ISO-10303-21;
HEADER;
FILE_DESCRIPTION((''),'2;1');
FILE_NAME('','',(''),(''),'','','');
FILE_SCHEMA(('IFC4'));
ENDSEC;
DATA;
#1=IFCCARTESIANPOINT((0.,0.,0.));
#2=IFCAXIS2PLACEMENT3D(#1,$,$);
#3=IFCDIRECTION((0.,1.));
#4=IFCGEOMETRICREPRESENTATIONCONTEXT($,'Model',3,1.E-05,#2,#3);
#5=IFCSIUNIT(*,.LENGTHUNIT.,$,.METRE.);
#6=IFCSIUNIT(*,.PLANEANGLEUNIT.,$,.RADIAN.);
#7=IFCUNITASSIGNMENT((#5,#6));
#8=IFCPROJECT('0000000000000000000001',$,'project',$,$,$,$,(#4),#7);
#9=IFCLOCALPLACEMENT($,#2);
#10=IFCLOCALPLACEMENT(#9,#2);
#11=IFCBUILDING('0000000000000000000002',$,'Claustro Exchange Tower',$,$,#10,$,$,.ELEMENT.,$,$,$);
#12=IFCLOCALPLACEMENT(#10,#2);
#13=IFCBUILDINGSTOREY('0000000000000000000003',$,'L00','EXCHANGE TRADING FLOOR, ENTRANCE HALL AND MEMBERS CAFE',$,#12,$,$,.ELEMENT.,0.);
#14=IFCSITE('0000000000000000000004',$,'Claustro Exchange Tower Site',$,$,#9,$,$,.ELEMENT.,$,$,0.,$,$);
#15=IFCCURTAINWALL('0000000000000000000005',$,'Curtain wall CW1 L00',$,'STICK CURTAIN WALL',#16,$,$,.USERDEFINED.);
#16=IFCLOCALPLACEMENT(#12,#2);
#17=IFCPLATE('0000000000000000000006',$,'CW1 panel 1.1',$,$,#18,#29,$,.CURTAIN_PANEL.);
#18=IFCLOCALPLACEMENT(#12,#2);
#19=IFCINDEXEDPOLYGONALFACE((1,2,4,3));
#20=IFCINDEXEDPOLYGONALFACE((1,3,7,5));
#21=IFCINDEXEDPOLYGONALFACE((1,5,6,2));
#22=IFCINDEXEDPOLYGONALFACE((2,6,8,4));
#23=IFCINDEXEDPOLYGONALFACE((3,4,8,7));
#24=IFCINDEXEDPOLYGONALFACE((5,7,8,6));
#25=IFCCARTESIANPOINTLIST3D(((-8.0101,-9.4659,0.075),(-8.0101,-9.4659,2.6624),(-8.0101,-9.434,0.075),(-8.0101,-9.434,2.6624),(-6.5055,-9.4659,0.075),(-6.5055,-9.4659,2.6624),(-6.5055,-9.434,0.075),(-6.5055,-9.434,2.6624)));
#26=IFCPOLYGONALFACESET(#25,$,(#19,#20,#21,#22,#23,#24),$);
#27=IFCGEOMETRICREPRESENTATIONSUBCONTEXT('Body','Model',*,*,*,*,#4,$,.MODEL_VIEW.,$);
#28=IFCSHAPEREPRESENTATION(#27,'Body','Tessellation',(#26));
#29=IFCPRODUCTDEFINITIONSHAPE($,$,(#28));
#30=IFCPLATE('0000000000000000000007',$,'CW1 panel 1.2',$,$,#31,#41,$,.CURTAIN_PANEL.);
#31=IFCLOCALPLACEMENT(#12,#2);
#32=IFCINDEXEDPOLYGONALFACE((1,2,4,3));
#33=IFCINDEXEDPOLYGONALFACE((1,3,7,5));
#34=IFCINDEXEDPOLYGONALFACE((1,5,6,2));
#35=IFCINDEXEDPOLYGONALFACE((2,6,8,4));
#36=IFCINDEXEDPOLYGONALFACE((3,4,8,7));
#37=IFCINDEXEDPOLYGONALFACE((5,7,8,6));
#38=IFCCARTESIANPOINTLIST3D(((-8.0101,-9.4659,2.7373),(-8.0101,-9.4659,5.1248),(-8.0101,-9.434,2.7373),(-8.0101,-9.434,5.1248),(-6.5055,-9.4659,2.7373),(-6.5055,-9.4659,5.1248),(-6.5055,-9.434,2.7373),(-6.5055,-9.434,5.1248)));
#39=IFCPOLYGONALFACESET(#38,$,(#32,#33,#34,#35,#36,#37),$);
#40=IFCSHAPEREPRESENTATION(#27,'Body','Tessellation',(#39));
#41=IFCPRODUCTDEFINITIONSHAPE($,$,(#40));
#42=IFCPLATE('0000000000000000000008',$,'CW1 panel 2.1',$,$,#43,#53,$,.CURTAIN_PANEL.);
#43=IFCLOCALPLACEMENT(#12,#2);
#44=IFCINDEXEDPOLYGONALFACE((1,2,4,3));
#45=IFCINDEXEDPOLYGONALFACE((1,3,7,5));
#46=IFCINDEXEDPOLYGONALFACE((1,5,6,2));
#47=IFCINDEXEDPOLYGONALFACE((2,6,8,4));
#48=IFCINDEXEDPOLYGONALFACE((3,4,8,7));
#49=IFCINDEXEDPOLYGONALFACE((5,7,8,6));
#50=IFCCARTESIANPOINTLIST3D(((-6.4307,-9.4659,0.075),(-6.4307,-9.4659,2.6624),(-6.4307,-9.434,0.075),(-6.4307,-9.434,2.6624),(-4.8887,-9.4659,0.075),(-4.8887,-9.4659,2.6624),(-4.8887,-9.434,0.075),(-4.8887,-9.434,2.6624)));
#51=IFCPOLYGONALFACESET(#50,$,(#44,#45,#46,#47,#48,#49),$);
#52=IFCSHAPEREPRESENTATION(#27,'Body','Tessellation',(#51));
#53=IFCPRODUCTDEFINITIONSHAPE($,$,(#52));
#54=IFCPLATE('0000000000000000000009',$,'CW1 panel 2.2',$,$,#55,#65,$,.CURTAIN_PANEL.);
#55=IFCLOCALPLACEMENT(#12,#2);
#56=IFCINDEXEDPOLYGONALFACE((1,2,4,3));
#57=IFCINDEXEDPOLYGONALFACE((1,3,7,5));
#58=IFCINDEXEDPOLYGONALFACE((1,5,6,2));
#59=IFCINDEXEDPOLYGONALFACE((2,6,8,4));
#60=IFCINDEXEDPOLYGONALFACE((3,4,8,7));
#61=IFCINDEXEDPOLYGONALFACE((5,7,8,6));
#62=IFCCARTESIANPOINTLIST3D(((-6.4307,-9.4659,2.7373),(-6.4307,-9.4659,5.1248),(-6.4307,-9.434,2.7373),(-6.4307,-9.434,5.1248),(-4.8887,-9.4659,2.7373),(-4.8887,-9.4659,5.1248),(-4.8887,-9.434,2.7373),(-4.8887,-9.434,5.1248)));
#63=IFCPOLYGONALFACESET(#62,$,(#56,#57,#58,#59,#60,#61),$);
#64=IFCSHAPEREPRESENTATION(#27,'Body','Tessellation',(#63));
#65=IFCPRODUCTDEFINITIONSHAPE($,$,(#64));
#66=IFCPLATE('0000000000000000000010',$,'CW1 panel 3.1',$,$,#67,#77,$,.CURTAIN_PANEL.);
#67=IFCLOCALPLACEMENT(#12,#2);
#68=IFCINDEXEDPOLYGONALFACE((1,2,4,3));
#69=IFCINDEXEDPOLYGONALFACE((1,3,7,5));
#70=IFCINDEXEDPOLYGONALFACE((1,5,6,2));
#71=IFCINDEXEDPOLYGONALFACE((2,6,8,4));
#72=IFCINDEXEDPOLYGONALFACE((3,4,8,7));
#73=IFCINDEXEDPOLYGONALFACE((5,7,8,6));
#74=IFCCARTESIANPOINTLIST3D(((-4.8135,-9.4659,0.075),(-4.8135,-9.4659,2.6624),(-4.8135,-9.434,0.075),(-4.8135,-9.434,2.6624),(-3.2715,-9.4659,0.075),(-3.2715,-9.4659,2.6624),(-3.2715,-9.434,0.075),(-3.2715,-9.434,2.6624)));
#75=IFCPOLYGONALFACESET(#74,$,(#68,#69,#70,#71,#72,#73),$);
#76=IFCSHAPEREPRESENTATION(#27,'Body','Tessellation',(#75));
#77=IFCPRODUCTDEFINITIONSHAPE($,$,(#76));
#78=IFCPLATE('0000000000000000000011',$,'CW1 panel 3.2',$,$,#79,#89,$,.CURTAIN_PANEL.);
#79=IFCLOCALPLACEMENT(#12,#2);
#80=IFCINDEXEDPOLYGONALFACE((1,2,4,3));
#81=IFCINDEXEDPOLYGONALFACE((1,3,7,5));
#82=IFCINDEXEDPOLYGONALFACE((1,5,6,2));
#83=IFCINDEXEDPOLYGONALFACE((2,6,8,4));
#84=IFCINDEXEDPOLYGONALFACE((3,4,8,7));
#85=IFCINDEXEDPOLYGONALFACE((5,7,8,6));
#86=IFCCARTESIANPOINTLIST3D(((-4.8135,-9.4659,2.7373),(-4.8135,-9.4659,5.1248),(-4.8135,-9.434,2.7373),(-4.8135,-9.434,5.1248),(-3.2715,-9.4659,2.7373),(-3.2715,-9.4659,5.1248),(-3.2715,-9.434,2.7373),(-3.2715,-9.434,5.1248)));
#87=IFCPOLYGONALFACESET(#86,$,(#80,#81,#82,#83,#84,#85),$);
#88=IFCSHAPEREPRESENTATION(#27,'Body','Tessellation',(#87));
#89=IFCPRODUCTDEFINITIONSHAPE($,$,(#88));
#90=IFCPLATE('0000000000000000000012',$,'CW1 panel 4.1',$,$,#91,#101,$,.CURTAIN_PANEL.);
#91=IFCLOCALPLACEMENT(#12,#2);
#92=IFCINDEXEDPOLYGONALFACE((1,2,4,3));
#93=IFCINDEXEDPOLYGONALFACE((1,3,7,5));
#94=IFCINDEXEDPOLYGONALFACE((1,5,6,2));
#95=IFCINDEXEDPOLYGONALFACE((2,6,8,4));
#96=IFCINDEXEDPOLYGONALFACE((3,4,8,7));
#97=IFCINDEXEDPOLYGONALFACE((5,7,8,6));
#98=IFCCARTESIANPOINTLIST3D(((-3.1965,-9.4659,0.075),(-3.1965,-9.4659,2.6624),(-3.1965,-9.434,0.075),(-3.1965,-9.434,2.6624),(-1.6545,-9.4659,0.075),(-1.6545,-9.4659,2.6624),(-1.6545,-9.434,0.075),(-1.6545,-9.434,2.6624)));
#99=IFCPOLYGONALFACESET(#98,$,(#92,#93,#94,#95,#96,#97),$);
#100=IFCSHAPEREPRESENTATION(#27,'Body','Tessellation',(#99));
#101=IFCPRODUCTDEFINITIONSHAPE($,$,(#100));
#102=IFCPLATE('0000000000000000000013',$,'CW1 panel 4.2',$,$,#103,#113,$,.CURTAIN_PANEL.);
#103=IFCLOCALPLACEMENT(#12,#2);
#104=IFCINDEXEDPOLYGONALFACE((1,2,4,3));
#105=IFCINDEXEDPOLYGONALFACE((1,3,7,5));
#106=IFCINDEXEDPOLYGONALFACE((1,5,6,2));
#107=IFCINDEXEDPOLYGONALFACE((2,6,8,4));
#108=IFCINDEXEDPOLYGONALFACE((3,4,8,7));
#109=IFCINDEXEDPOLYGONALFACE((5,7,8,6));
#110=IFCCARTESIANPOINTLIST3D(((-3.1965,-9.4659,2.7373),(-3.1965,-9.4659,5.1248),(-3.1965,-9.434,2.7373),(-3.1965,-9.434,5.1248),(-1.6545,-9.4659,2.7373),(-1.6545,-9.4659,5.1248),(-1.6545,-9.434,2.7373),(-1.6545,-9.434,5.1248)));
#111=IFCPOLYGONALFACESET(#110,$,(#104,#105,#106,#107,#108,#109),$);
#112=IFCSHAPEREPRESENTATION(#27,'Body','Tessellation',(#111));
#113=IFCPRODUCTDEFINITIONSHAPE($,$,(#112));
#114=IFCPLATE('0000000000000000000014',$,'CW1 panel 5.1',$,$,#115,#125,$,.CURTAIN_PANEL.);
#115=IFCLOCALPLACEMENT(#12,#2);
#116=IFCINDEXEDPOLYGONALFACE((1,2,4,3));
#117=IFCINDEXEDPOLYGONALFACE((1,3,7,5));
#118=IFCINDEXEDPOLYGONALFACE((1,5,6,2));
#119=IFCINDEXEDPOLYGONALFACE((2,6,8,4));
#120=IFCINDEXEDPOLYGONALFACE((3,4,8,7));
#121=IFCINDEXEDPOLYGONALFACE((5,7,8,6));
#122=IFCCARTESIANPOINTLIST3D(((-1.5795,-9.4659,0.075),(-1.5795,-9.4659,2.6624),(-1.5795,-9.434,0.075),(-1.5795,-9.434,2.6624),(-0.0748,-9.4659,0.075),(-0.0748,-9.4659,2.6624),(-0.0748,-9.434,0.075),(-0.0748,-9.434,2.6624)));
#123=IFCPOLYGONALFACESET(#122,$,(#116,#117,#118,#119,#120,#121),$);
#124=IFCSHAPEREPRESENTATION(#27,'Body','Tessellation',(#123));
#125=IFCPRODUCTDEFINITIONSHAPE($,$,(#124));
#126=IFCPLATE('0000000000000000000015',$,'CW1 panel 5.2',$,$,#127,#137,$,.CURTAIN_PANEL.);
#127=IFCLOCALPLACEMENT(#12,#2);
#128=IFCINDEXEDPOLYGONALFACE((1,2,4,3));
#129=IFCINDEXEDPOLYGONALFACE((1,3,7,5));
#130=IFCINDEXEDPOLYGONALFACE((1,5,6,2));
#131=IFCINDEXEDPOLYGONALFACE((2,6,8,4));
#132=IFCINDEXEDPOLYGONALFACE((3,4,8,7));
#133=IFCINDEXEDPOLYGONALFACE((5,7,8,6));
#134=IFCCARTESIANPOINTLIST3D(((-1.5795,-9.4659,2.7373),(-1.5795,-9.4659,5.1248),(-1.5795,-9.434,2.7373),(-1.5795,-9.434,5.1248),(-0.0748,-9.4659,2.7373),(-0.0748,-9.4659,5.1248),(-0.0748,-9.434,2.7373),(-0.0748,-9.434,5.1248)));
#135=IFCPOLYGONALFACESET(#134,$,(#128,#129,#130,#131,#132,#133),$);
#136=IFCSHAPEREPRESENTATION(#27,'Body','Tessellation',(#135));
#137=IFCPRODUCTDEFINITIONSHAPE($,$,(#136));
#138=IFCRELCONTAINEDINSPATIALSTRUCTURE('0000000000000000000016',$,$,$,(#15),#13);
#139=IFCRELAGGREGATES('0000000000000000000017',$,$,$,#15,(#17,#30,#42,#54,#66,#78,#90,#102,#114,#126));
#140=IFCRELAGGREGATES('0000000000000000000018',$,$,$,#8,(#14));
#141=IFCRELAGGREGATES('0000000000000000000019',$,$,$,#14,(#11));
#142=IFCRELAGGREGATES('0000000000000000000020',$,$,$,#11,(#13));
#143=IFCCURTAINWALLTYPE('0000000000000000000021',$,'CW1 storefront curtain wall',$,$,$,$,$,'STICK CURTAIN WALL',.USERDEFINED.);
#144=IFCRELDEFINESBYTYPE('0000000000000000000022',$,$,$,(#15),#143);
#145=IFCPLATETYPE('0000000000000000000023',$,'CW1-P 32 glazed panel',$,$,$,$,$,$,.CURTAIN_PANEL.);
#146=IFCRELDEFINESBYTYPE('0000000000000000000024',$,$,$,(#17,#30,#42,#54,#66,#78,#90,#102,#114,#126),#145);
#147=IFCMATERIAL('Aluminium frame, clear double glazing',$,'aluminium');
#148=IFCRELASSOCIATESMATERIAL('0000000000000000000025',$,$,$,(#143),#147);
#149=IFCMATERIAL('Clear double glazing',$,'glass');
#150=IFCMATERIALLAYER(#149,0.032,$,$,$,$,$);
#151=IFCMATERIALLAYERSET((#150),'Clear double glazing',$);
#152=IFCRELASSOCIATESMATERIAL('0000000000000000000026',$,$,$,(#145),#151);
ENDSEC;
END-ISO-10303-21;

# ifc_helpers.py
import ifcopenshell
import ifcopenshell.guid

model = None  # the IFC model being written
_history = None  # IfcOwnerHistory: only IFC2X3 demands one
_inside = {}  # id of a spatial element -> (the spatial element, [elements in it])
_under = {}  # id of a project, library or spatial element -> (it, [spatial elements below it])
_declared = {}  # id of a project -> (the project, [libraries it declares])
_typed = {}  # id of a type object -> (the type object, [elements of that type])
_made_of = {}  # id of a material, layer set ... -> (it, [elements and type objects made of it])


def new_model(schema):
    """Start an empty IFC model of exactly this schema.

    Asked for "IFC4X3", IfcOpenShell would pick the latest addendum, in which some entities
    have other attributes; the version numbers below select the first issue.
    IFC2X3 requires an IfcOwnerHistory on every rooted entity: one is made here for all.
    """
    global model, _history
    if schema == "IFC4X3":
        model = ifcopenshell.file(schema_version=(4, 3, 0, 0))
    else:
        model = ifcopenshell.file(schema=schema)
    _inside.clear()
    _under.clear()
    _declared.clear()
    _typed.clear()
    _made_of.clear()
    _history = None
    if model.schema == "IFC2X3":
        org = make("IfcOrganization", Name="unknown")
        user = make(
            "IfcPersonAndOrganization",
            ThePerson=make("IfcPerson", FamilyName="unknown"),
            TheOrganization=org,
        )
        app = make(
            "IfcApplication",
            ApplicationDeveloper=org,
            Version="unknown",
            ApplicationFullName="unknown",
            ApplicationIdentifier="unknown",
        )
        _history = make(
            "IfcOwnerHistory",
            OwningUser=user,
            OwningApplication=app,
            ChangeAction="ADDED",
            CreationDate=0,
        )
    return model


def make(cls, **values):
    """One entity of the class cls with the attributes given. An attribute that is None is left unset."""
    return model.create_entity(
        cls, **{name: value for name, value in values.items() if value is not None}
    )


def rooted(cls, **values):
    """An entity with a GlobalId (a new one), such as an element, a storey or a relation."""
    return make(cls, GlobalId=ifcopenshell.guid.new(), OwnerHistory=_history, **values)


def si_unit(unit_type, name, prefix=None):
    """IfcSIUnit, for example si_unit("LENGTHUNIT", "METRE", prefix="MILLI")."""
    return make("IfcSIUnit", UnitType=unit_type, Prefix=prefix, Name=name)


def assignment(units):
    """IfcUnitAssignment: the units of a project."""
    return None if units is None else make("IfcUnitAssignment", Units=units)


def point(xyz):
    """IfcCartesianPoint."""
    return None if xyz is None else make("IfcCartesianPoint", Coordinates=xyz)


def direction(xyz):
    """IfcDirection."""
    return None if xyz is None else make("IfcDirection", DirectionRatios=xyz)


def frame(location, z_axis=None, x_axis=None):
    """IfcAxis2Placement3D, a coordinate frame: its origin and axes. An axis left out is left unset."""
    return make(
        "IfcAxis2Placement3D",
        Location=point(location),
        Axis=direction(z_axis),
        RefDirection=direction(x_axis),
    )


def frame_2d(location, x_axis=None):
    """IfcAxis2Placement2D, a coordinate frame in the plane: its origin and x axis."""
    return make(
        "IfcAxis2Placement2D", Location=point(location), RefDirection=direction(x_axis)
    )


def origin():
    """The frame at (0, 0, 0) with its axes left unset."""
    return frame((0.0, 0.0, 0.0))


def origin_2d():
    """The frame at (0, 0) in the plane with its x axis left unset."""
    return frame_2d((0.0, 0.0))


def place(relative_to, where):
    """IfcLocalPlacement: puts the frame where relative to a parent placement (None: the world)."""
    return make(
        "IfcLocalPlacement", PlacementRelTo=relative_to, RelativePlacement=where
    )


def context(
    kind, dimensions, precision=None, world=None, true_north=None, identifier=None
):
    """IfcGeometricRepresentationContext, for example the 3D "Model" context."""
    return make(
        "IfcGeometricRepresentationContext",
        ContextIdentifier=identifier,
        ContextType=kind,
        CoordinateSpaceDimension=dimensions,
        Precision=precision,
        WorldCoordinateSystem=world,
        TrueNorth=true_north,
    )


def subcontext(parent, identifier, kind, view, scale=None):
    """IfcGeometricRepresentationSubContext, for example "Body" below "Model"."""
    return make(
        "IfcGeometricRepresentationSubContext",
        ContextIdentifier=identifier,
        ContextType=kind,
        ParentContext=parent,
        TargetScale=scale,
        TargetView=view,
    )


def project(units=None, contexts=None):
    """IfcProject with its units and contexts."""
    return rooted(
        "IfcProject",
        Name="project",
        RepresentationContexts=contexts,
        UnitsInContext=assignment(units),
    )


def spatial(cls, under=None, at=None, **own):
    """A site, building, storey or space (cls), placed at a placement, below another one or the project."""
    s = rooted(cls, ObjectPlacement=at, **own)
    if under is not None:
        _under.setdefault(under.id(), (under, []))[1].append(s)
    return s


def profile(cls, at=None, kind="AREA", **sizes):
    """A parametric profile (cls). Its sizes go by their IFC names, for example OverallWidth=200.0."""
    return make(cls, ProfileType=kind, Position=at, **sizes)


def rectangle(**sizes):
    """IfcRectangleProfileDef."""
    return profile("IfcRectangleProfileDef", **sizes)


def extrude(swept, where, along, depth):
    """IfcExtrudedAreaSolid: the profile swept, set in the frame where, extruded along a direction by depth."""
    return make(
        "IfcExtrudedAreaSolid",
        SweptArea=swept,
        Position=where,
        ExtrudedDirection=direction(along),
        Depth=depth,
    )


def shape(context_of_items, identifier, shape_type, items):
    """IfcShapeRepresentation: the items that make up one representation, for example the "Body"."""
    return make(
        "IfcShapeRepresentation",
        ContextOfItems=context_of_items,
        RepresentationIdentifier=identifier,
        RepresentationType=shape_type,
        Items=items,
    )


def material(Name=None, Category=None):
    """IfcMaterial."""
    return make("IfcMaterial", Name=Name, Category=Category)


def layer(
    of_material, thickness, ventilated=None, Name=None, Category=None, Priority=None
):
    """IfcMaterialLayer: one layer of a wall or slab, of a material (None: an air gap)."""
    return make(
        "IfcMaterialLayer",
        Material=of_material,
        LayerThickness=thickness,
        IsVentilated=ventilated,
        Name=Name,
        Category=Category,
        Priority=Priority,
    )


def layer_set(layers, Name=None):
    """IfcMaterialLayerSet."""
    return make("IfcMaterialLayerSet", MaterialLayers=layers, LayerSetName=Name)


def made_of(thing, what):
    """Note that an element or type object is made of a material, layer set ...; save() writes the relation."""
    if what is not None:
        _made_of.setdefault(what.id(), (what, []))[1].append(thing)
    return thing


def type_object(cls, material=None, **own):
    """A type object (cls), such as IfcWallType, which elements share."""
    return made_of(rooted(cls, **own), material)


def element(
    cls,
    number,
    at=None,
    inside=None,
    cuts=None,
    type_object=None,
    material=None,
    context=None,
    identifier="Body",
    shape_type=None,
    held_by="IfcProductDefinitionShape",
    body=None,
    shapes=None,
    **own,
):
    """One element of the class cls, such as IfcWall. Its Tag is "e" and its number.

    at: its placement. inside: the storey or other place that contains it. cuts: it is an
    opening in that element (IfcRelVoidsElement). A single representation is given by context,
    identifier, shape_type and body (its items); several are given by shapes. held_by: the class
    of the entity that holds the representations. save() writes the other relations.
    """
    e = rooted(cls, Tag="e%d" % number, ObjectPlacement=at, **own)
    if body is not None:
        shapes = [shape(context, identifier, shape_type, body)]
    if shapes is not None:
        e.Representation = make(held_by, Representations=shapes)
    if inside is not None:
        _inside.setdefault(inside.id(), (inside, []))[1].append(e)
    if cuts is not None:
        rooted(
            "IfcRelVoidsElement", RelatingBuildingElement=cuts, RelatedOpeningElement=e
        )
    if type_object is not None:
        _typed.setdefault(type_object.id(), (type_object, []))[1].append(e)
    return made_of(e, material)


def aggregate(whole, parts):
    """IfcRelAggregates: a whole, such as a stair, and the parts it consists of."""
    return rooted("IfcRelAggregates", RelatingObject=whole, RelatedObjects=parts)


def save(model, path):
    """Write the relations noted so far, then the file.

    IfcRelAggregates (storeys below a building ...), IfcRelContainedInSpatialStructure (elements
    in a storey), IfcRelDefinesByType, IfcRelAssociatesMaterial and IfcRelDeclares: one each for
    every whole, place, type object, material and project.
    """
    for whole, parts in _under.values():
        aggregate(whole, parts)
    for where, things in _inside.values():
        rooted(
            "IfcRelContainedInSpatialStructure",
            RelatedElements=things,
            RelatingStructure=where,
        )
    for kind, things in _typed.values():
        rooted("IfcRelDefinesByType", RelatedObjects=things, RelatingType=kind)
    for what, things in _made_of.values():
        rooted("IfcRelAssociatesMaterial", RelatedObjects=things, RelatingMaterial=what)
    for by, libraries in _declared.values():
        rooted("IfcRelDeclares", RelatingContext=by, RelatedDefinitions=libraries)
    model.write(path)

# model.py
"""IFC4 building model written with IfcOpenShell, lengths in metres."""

from ifc_helpers import new_model, si_unit, direction, frame, origin, origin_2d, place, context, subcontext, project, spatial, rectangle, extrude, material, layer, layer_set, type_object, element, aggregate, save


model = new_model("IFC4")

# Units and contexts
model_context = context("Model", 3, precision=1e-05, world=origin(), true_north=direction((0.0, 1.0)))
body_context = subcontext(model_context, "Body", "Model", "MODEL_VIEW")
ifc_project = project(units=[si_unit("LENGTHUNIT", "METRE"), si_unit("PLANEANGLEUNIT", "RADIAN")], contexts=[model_context])

# Site, building, storey
site_placement = place(None, origin())
site = spatial("IfcSite", under=ifc_project, at=site_placement, Name="Claustro Exchange Tower Site", CompositionType="ELEMENT", RefElevation=0.0)
building_placement = place(site_placement, origin())
building = spatial("IfcBuilding", under=site, at=building_placement, Name="Claustro Exchange Tower", CompositionType="ELEMENT")
storey_placement = place(building_placement, origin())
storey = spatial("IfcBuildingStorey", under=building, at=storey_placement, Name="L00", Description="EXCHANGE TRADING FLOOR, ENTRANCE HALL AND MEMBERS CAFE", CompositionType="ELEMENT", Elevation=0.0)

# Curtain wall, plates
ifc_material_1 = material(Name="Aluminium frame, clear double glazing", Category="aluminium")
curtain_wall_type = type_object("IfcCurtainWallType", Name="CW1 storefront curtain wall", ElementType="STICK CURTAIN WALL", PredefinedType="USERDEFINED", material=ifc_material_1)
curtain_wall_placement = place(storey_placement, origin())
curtain_wall = element("IfcCurtainWall", 1, at=curtain_wall_placement, inside=storey, type_object=curtain_wall_type, Name="Curtain wall CW1 L00", ObjectType="STICK CURTAIN WALL", PredefinedType="USERDEFINED")
ifc_material_2 = material(Name="Clear double glazing", Category="glass")
ifc_layer = layer(ifc_material_2, 0.032)
ifc_layer_set = layer_set([ifc_layer], Name="Clear double glazing")
plate_type = type_object("IfcPlateType", Name="CW1-P 32 glazed panel", PredefinedType="CURTAIN_PANEL", material=ifc_layer_set)
plate_1_placement = place(storey_placement, frame((-7.2578, -9.45, 0.075), z_axis=(0.0, 0.0, 1.0), x_axis=(1.0, 0.0, 0.0)))
plate_1 = element("IfcPlate", 2, at=plate_1_placement, type_object=plate_type, Name="CW1 panel 1.1", PredefinedType="CURTAIN_PANEL", context=body_context, shape_type="SweptSolid", body=[
    extrude(rectangle(XDim=1.5046, YDim=0.032, at=origin_2d()), origin(), (0.0, 0.0, 1.0), 2.5874),
])
plate_2_placement = place(storey_placement, frame((-7.2578, -9.45, 2.7373), z_axis=(0.0, 0.0, 1.0), x_axis=(1.0, 0.0, 0.0)))
plate_2 = element("IfcPlate", 3, at=plate_2_placement, type_object=plate_type, Name="CW1 panel 1.2", PredefinedType="CURTAIN_PANEL", context=body_context, shape_type="SweptSolid", body=[
    extrude(rectangle(XDim=1.5046, YDim=0.032, at=origin_2d()), origin(), (0.0, 0.0, 1.0), 2.3875),
])
plate_3_placement = place(storey_placement, frame((-5.6597, -9.45, 0.075), z_axis=(0.0, 0.0, 1.0), x_axis=(1.0, 0.0, 0.0)))
plate_3 = element("IfcPlate", 4, at=plate_3_placement, type_object=plate_type, Name="CW1 panel 2.1", PredefinedType="CURTAIN_PANEL", context=body_context, shape_type="SweptSolid", body=[
    extrude(rectangle(XDim=1.542, YDim=0.032, at=origin_2d()), origin(), (0.0, 0.0, 1.0), 2.5874),
])
plate_4_placement = place(storey_placement, frame((-5.6597, -9.45, 2.7373), z_axis=(0.0, 0.0, 1.0), x_axis=(1.0, 0.0, 0.0)))
plate_4 = element("IfcPlate", 5, at=plate_4_placement, type_object=plate_type, Name="CW1 panel 2.2", PredefinedType="CURTAIN_PANEL", context=body_context, shape_type="SweptSolid", body=[
    extrude(rectangle(XDim=1.542, YDim=0.032, at=origin_2d()), origin(), (0.0, 0.0, 1.0), 2.3875),
])
plate_5_placement = place(storey_placement, frame((-4.0425, -9.45, 0.075), z_axis=(0.0, 0.0, 1.0), x_axis=(1.0, 0.0, 0.0)))
plate_5 = element("IfcPlate", 6, at=plate_5_placement, type_object=plate_type, Name="CW1 panel 3.1", PredefinedType="CURTAIN_PANEL", context=body_context, shape_type="SweptSolid", body=[
    extrude(rectangle(XDim=1.542, YDim=0.032, at=origin_2d()), origin(), (0.0, 0.0, 1.0), 2.5874),
])
plate_6_placement = place(storey_placement, frame((-4.0425, -9.45, 2.7373), z_axis=(0.0, 0.0, 1.0), x_axis=(1.0, 0.0, 0.0)))
plate_6 = element("IfcPlate", 7, at=plate_6_placement, type_object=plate_type, Name="CW1 panel 3.2", PredefinedType="CURTAIN_PANEL", context=body_context, shape_type="SweptSolid", body=[
    extrude(rectangle(XDim=1.542, YDim=0.032, at=origin_2d()), origin(), (0.0, 0.0, 1.0), 2.3875),
])
plate_7_placement = place(storey_placement, frame((-2.4255, -9.45, 0.075), z_axis=(0.0, 0.0, 1.0), x_axis=(1.0, 0.0, 0.0)))
plate_7 = element("IfcPlate", 8, at=plate_7_placement, type_object=plate_type, Name="CW1 panel 4.1", PredefinedType="CURTAIN_PANEL", context=body_context, shape_type="SweptSolid", body=[
    extrude(rectangle(XDim=1.542, YDim=0.032, at=origin_2d()), origin(), (0.0, 0.0, 1.0), 2.5874),
])
plate_8_placement = place(storey_placement, frame((-2.4255, -9.45, 2.7373), z_axis=(0.0, 0.0, 1.0), x_axis=(1.0, 0.0, 0.0)))
plate_8 = element("IfcPlate", 9, at=plate_8_placement, type_object=plate_type, Name="CW1 panel 4.2", PredefinedType="CURTAIN_PANEL", context=body_context, shape_type="SweptSolid", body=[
    extrude(rectangle(XDim=1.542, YDim=0.032, at=origin_2d()), origin(), (0.0, 0.0, 1.0), 2.3875),
])
plate_9_placement = place(storey_placement, frame((-0.8271, -9.45, 0.075), z_axis=(0.0, 0.0, 1.0), x_axis=(1.0, 0.0, 0.0)))
plate_9 = element("IfcPlate", 10, at=plate_9_placement, type_object=plate_type, Name="CW1 panel 5.1", PredefinedType="CURTAIN_PANEL", context=body_context, shape_type="SweptSolid", body=[
    extrude(rectangle(XDim=1.5046, YDim=0.032, at=origin_2d()), origin(), (0.0, 0.0, 1.0), 2.5874),
])
plate_10_placement = place(storey_placement, frame((-0.8271, -9.45, 2.7373), z_axis=(0.0, 0.0, 1.0), x_axis=(1.0, 0.0, 0.0)))
plate_10 = element("IfcPlate", 11, at=plate_10_placement, type_object=plate_type, Name="CW1 panel 5.2", PredefinedType="CURTAIN_PANEL", context=body_context, shape_type="SweptSolid", body=[
    extrude(rectangle(XDim=1.5046, YDim=0.032, at=origin_2d()), origin(), (0.0, 0.0, 1.0), 2.3875),
])
aggregate(curtain_wall, [plate_1, plate_2, plate_3, plate_4, plate_5, plate_6, plate_7, plate_8, plate_9, plate_10])

save(model, "model.ifc")
